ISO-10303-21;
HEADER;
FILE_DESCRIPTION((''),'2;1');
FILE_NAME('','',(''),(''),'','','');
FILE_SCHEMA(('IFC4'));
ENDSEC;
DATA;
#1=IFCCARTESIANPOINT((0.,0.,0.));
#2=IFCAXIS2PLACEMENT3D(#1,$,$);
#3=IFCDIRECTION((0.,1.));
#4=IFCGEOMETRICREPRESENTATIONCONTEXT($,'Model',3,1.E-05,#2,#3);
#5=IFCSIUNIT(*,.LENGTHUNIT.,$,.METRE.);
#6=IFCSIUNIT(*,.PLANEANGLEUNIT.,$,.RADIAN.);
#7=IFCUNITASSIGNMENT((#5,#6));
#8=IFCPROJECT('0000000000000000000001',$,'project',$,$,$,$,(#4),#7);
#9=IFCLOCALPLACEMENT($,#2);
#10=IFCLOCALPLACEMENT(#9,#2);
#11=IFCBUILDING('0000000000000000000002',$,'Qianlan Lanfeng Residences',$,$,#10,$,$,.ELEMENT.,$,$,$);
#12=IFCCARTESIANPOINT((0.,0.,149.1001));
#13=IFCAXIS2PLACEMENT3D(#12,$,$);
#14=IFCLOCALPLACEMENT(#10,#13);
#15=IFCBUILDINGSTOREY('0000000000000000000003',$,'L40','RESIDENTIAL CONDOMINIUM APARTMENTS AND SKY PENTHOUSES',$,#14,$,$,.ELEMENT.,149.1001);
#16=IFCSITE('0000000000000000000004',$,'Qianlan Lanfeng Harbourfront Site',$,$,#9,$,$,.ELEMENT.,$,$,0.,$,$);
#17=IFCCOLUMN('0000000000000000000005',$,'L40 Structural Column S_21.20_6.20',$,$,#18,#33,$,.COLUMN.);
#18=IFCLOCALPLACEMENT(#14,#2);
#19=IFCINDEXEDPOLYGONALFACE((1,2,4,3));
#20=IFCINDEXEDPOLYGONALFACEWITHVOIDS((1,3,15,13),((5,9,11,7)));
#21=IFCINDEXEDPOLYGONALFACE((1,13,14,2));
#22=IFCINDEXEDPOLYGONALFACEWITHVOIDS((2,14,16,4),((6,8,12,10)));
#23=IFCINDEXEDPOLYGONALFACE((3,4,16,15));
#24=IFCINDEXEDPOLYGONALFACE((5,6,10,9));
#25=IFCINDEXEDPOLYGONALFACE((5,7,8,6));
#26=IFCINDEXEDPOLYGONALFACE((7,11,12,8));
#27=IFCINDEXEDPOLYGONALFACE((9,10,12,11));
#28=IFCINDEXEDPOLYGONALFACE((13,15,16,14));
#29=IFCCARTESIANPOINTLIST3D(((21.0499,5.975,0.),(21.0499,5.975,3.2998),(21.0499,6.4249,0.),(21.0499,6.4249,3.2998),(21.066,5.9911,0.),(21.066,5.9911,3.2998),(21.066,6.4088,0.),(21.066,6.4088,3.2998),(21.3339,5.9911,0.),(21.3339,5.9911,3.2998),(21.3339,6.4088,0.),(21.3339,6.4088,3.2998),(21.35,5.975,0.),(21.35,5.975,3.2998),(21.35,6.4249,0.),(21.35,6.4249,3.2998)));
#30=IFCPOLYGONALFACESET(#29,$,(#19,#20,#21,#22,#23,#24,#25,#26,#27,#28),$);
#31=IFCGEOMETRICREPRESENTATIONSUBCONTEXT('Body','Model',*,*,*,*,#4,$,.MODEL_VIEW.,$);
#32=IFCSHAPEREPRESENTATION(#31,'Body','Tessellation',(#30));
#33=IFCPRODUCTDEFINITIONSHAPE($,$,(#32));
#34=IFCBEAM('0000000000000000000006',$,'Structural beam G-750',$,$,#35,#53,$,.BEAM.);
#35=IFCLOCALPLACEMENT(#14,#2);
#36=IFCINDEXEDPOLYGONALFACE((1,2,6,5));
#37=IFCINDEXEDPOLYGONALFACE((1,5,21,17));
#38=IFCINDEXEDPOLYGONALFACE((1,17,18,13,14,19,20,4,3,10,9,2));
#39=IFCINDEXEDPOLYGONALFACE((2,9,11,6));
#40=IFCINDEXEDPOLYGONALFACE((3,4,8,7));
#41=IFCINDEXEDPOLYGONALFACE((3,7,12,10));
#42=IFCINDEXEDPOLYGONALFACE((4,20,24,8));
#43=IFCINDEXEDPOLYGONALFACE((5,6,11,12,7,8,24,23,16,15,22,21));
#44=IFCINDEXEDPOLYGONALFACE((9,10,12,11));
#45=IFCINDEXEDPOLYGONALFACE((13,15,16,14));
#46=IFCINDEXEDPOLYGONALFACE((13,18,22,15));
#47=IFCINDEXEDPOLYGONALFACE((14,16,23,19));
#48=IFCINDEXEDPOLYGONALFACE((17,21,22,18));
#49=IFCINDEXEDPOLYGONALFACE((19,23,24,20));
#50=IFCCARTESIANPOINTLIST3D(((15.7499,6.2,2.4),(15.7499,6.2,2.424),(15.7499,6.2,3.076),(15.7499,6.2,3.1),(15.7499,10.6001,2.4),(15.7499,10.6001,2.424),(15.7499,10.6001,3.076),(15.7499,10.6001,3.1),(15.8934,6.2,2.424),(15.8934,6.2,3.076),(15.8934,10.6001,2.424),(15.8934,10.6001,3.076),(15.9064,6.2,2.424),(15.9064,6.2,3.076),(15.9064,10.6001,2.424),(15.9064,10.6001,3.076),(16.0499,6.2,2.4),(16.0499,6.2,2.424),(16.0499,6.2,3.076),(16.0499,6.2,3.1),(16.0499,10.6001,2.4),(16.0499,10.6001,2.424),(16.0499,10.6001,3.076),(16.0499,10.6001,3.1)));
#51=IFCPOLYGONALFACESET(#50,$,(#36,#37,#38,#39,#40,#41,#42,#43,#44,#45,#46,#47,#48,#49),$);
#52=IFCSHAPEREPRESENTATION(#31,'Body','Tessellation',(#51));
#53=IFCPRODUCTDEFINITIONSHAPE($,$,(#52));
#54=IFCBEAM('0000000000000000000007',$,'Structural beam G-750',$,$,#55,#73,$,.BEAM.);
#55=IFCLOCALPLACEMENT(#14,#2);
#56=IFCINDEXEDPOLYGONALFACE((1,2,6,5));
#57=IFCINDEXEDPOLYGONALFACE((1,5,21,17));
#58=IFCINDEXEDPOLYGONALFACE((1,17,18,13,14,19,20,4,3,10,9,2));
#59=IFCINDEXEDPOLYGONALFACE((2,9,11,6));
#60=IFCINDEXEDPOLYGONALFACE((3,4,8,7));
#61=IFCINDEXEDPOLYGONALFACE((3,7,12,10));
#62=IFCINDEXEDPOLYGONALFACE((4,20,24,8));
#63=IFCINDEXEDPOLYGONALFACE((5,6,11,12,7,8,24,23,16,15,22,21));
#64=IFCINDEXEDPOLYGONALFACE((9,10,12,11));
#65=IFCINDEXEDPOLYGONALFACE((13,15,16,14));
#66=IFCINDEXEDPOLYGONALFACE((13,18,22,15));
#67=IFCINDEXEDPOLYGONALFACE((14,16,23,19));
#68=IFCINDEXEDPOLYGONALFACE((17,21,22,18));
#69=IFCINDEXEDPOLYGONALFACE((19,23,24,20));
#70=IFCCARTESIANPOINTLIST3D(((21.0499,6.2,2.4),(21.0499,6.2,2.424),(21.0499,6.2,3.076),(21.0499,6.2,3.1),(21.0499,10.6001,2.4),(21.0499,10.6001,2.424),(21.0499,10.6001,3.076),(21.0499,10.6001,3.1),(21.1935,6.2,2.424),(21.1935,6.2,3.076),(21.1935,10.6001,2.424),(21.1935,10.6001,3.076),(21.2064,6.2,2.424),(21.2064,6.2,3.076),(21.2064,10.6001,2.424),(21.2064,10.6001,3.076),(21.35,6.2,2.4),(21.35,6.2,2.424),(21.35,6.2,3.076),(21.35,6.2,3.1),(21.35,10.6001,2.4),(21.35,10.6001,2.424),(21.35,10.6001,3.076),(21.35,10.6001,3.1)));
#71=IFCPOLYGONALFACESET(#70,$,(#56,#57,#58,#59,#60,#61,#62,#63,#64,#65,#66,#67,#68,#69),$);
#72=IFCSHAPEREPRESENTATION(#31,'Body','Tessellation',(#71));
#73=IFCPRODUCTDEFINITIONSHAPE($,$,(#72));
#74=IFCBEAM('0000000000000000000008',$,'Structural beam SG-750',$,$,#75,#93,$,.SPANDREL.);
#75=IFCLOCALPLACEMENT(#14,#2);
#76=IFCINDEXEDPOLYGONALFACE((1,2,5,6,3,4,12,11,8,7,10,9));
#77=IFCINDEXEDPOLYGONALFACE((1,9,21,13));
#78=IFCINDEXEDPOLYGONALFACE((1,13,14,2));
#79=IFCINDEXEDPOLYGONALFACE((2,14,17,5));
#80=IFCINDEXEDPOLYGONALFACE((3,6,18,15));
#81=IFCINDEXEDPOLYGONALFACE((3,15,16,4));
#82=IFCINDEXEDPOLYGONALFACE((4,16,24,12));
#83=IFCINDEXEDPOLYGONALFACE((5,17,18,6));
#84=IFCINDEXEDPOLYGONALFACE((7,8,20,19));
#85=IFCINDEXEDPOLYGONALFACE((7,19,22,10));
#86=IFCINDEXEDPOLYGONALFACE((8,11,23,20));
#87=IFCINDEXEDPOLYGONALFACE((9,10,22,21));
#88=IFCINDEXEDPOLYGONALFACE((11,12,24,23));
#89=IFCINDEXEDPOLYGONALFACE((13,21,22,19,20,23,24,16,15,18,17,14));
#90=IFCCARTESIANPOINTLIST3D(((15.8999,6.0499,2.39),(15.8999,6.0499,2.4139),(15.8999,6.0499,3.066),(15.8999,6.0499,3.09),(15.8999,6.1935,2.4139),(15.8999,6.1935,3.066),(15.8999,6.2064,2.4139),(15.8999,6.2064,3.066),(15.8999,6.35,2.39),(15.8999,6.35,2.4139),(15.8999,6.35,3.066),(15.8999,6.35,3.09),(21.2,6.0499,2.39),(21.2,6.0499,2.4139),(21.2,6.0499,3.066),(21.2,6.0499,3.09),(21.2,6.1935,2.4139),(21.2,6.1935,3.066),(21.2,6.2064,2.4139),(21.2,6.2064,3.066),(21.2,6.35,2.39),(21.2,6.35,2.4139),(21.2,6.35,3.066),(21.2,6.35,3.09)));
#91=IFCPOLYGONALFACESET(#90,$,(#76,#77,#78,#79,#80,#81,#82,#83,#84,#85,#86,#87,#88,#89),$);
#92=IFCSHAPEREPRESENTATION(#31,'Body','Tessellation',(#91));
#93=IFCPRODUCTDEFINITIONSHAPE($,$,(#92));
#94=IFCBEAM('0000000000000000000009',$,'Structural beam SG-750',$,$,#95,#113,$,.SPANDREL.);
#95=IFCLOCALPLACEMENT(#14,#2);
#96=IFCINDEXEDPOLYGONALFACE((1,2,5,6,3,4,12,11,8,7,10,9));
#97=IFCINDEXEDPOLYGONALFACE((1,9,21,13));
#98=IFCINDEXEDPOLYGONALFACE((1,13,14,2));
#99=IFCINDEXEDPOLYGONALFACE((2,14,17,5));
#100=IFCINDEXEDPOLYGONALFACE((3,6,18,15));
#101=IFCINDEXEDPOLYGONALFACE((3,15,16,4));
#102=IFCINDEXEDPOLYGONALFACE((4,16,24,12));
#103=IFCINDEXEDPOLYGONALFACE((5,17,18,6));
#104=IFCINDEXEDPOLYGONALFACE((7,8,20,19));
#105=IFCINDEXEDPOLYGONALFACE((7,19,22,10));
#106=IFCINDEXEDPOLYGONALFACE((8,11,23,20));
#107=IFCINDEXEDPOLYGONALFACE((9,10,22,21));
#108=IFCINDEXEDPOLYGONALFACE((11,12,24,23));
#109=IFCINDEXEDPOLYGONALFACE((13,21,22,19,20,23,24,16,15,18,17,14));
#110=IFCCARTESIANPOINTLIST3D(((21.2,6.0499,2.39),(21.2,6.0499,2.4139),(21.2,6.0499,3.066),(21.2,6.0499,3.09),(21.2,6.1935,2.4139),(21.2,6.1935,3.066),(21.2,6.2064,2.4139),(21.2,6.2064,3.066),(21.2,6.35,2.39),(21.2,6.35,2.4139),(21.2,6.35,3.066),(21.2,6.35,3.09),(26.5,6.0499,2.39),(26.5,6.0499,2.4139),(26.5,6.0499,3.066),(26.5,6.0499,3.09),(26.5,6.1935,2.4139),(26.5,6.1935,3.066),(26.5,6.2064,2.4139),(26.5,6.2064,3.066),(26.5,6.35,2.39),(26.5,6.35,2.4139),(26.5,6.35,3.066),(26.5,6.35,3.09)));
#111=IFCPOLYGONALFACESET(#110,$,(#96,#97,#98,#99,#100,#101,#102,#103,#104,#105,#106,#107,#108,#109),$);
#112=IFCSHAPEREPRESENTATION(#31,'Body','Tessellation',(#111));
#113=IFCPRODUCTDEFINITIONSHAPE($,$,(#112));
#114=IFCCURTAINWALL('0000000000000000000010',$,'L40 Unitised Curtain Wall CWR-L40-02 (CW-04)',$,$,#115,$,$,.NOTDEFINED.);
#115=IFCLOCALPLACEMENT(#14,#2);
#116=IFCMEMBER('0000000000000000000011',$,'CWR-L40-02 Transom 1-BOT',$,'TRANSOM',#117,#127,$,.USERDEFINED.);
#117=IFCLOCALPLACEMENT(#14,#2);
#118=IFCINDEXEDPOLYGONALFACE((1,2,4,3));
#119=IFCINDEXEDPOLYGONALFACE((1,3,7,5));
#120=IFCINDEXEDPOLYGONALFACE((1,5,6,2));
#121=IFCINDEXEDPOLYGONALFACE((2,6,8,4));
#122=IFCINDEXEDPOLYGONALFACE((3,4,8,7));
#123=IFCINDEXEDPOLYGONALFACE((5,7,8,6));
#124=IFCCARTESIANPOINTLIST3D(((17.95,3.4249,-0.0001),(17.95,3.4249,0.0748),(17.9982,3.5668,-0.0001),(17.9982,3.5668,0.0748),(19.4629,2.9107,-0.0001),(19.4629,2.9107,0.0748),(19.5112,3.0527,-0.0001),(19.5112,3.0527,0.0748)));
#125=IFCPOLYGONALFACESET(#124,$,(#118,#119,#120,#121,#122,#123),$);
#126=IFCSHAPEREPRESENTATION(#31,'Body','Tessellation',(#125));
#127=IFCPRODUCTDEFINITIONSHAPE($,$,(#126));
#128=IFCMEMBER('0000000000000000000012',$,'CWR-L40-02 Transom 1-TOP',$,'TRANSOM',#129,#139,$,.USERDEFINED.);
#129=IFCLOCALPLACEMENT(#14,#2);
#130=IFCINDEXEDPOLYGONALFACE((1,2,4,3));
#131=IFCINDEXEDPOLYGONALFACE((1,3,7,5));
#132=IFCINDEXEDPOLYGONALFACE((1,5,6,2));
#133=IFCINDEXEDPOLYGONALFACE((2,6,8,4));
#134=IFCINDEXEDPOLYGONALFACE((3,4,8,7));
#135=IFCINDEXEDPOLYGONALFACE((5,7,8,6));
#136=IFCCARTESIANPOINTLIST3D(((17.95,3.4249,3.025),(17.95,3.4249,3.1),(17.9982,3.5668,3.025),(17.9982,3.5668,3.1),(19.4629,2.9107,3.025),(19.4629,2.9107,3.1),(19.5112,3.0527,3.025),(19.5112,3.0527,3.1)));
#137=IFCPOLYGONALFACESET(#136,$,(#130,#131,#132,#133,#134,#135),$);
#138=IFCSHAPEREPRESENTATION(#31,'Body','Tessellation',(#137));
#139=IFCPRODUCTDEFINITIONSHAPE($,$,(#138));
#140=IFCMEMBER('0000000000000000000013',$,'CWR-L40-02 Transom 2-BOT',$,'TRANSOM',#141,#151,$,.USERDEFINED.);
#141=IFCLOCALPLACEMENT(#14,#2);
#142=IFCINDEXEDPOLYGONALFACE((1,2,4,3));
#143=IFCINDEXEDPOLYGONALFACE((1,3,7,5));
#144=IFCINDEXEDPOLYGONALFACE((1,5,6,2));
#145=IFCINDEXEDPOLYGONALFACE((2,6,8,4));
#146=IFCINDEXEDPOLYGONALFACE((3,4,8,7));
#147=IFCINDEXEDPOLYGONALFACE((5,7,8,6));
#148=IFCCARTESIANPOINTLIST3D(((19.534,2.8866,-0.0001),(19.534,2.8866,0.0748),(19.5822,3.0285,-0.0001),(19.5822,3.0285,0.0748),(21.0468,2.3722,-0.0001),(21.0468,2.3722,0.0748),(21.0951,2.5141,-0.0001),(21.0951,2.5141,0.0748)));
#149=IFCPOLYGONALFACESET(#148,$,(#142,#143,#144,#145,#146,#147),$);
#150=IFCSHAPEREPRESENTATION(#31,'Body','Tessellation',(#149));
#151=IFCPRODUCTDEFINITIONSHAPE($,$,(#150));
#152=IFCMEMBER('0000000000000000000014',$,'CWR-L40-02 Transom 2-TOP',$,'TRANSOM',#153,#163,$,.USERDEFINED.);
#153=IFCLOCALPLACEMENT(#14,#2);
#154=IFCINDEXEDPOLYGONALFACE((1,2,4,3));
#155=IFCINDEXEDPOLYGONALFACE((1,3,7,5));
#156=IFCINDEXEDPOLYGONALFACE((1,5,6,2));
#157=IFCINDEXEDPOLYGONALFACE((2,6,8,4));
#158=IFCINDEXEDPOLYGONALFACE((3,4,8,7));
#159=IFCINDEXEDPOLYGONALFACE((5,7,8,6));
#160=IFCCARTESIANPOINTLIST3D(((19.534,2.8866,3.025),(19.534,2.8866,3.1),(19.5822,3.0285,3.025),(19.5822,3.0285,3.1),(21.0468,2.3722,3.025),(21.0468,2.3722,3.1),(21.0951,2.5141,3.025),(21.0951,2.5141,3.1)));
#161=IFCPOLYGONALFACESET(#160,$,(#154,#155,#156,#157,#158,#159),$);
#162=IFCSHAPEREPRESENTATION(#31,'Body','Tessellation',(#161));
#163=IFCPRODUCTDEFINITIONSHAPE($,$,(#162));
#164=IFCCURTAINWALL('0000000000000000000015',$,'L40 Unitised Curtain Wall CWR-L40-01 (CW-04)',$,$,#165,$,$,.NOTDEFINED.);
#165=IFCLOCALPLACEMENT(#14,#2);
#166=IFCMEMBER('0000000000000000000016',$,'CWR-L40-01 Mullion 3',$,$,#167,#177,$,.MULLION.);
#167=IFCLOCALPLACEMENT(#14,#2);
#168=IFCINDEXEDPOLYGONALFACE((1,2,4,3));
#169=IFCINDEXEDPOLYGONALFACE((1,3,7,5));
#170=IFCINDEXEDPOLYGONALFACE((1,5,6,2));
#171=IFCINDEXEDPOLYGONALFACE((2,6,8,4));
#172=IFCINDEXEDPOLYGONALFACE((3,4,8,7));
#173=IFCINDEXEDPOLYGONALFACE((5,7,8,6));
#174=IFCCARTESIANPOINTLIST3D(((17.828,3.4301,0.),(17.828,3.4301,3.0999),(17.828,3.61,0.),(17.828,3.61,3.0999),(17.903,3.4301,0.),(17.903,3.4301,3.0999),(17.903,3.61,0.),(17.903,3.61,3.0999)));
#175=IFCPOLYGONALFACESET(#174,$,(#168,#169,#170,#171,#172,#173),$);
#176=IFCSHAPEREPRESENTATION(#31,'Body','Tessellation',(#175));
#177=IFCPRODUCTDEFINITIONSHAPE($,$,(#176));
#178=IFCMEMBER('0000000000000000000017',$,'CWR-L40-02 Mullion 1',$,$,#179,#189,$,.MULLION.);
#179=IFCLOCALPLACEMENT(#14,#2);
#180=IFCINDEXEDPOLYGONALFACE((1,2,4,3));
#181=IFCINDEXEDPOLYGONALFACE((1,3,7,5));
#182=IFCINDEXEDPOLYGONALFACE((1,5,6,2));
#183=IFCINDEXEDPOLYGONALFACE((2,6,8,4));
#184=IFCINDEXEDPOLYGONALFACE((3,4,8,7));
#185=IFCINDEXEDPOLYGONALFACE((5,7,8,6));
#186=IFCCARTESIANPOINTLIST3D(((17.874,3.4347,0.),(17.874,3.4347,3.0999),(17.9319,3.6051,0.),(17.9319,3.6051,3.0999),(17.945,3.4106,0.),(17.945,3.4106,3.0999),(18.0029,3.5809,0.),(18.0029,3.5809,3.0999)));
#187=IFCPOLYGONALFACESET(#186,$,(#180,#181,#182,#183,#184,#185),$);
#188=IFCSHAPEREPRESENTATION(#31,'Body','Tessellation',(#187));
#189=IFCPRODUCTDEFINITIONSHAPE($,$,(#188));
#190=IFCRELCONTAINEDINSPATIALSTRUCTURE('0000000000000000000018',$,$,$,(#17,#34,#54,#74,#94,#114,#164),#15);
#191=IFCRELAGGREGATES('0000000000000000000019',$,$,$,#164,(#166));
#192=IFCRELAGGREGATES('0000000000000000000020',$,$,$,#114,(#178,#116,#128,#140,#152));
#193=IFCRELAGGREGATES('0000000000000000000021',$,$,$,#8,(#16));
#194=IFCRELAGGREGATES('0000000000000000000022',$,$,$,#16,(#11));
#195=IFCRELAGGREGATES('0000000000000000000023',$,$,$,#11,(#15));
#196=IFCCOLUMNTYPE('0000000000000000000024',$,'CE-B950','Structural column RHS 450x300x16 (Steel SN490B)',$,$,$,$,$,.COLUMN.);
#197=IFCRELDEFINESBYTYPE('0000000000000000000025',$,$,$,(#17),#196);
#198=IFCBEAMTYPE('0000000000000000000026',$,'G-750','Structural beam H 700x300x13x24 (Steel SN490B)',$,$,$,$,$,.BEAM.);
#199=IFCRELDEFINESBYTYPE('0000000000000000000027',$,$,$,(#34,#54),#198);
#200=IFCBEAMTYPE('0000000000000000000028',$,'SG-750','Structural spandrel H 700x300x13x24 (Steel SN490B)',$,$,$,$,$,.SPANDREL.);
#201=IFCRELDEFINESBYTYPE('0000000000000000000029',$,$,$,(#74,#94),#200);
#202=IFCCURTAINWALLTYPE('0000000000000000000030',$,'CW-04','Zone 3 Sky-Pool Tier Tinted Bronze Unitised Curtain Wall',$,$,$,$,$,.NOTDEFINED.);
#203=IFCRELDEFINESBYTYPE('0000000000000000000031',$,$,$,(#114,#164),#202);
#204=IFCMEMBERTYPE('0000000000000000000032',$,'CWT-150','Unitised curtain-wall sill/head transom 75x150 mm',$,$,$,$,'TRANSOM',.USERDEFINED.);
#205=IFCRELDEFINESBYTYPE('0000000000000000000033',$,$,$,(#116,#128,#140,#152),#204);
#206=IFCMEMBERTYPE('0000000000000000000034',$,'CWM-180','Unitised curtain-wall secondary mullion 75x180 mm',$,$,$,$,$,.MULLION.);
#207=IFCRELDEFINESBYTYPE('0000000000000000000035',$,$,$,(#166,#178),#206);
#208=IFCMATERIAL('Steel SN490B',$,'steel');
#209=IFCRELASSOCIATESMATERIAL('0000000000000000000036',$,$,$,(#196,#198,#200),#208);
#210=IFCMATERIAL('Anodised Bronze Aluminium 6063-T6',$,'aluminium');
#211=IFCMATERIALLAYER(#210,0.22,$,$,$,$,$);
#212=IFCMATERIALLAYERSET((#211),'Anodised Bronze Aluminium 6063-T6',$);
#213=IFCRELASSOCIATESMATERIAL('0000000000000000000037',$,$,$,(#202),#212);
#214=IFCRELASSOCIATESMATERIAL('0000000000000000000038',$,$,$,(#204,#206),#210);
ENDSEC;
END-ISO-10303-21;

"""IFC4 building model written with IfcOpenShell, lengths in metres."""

from ifc_helpers import new_model, si_unit, direction, frame, origin, origin_2d, place, context, subcontext, project, spatial, rectangle, hollow_rectangle, i_section, extrude, source, transform, mapped, material, layer, layer_set, material_profile, profile_set, type_object, element, aggregate, save


model = new_model("IFC4")

# Units and contexts
model_context = context("Model", 3, precision=1e-05, world=origin(), true_north=direction((0.0, 1.0)))
body_context = subcontext(model_context, "Body", "Model", "MODEL_VIEW")
ifc_project = project(units=[si_unit("LENGTHUNIT", "METRE"), si_unit("PLANEANGLEUNIT", "RADIAN")], contexts=[model_context])

# Site, building, storey
site_placement = place(None, origin())
site = spatial("IfcSite", under=ifc_project, at=site_placement, Name="Qianlan Lanfeng Harbourfront Site", CompositionType="ELEMENT", RefElevation=0.0)
building_placement = place(site_placement, origin())
building = spatial("IfcBuilding", under=site, at=building_placement, Name="Qianlan Lanfeng Residences", CompositionType="ELEMENT")
storey_placement = place(building_placement, frame((0.0, 0.0, 149.1001)))
storey = spatial("IfcBuildingStorey", under=building, at=storey_placement, Name="L40", Description="RESIDENTIAL CONDOMINIUM APARTMENTS AND SKY PENTHOUSES", CompositionType="ELEMENT", Elevation=149.1001)

# Column
ifc_material_1 = material(Name="Steel SN490B", Category="steel")
ifc_material_profile_1 = material_profile(ifc_material_1, hollow_rectangle(XDim=0.3, YDim=0.45, WallThickness=0.0161, at=origin_2d()), Name="RHS 450x300x16")
ifc_profile_set_1 = profile_set([ifc_material_profile_1], Name="Steel SN490B")
column_type = type_object("IfcColumnType", Name="CE-B950", Description="Structural column RHS 450x300x16 (Steel SN490B)", PredefinedType="COLUMN", material=ifc_profile_set_1)
column_placement = place(storey_placement, frame((21.2, 6.2, 0.0), z_axis=(0.0, 0.0, 1.0), x_axis=(1.0, 0.0, 0.0)))
element("IfcColumn", 1, at=column_placement, inside=storey, type_object=column_type, Name="L40 Structural Column S_21.20_6.20", PredefinedType="COLUMN", context=body_context, shape_type="SweptSolid", body=[
    extrude(hollow_rectangle(XDim=0.3, YDim=0.45, WallThickness=0.0161, at=origin_2d()), origin(), (0.0, 0.0, 1.0), 3.2998),
])

# Beams
ifc_material_profile_2 = material_profile(ifc_material_1, i_section(OverallWidth=0.3, OverallDepth=0.7, WebThickness=0.0129, FlangeThickness=0.0239, at=origin_2d()), Name="H 700x300x13x24")
ifc_profile_set_2 = profile_set([ifc_material_profile_2], Name="Steel SN490B")
beam_type_1 = type_object("IfcBeamType", Name="G-750", Description="Structural beam H 700x300x13x24 (Steel SN490B)", PredefinedType="BEAM", material=ifc_profile_set_2)
for number, where, z_axis, x_axis, name in (
    (2, (15.8999, 6.2, 2.75), (0.0, 1.0, 0.0), (-1.0, 0.0, 0.0), "Structural beam G-750"),
    (3, (21.2, 6.2, 2.75), (0.0, 1.0, 0.0), (-1.0, 0.0, 0.0), "Structural beam G-750"),
):
    element("IfcBeam", number, at=place(storey_placement, frame(where, z_axis=z_axis, x_axis=x_axis)), inside=storey, type_object=beam_type_1, Name=name, PredefinedType="BEAM", context=body_context, shape_type="SweptSolid", body=[
        extrude(i_section(OverallWidth=0.3, OverallDepth=0.7, WebThickness=0.0129, FlangeThickness=0.0239, at=origin_2d()), origin(), (0.0, 0.0, 1.0), 4.4001),
    ])
ifc_material_profile_3 = material_profile(ifc_material_1, i_section(OverallWidth=0.3, OverallDepth=0.7, WebThickness=0.0129, FlangeThickness=0.0239, at=origin_2d()), Name="H 700x300x13x24")
ifc_profile_set_3 = profile_set([ifc_material_profile_3], Name="Steel SN490B")
beam_type_2 = type_object("IfcBeamType", Name="SG-750", Description="Structural spandrel H 700x300x13x24 (Steel SN490B)", PredefinedType="SPANDREL", material=ifc_profile_set_3)
for number, where, z_axis, x_axis, name in (
    (4, (15.8999, 6.2, 2.74), (1.0, 0.0, 0.0), (0.0, 1.0, 0.0), "Structural beam SG-750"),
    (5, (21.2, 6.2, 2.74), (1.0, 0.0, 0.0), (0.0, 1.0, 0.0), "Structural beam SG-750"),
):
    element("IfcBeam", number, at=place(storey_placement, frame(where, z_axis=z_axis, x_axis=x_axis)), inside=storey, type_object=beam_type_2, Name=name, PredefinedType="SPANDREL", context=body_context, shape_type="SweptSolid", body=[
        extrude(i_section(OverallWidth=0.3, OverallDepth=0.7, WebThickness=0.0129, FlangeThickness=0.0239, at=origin_2d()), origin(), (0.0, 0.0, 1.0), 5.3),
    ])

# Curtain wall, members
ifc_material_2 = material(Name="Anodised Bronze Aluminium 6063-T6", Category="aluminium")
ifc_layer_1 = layer(ifc_material_2, 0.22)
ifc_layer_set_1 = layer_set([ifc_layer_1], Name="Anodised Bronze Aluminium 6063-T6")
curtain_wall_type = type_object("IfcCurtainWallType", Name="CW-04", Description="Zone 3 Sky-Pool Tier Tinted Bronze Unitised Curtain Wall", PredefinedType="NOTDEFINED", material=ifc_layer_set_1)
curtain_wall_1_placement = place(storey_placement, origin())
curtain_wall_1 = element("IfcCurtainWall", 6, at=curtain_wall_1_placement, inside=storey, type_object=curtain_wall_type, Name="L40 Unitised Curtain Wall CWR-L40-02 (CW-04)", PredefinedType="NOTDEFINED")
ifc_material_profile_4 = material_profile(ifc_material_2, rectangle(XDim=0.075, YDim=0.1499, at=origin_2d()), Name="ALU TRANSOM 75x150")
ifc_profile_set_4 = profile_set([ifc_material_profile_4], Name="Anodised Bronze Aluminium 6063-T6")
member_type_1 = type_object("IfcMemberType", Name="CWT-150", Description="Unitised curtain-wall sill/head transom 75x150 mm", ElementType="TRANSOM", PredefinedType="USERDEFINED", material=ifc_profile_set_4)
shared_shape_1 = source(origin(), body_context, "Body", "SweptSolid", [
    extrude(rectangle(XDim=0.075, YDim=0.1499, at=origin_2d()), origin(), (0.0, 0.0, 1.0), 1.5979),
])
member_1_placement = place(storey_placement, frame((17.9741, 3.4958, 0.0374), z_axis=(0.946818, -0.321769, 0.0), x_axis=(0.0, 0.0, 1.0)))
member_1 = element("IfcMember", 7, at=member_1_placement, type_object=member_type_1, Name="CWR-L40-02 Transom 1-BOT", ObjectType="TRANSOM", PredefinedType="USERDEFINED", context=body_context, shape_type="MappedRepresentation", body=[
    mapped(shared_shape_1, transform((0.0, 0.0, 0.0), scale=1.0)),
])
member_2_placement = place(storey_placement, frame((17.9741, 3.4958, 3.0625), z_axis=(0.946818, -0.321769, 0.0), x_axis=(0.0, 0.0, 1.0)))
member_2 = element("IfcMember", 8, at=member_2_placement, type_object=member_type_1, Name="CWR-L40-02 Transom 1-TOP", ObjectType="TRANSOM", PredefinedType="USERDEFINED", context=body_context, shape_type="MappedRepresentation", body=[
    mapped(shared_shape_1, transform((0.0, 0.0, 0.0), scale=1.0)),
])
member_3_placement = place(storey_placement, frame((19.5581, 2.9575, 0.0374), z_axis=(0.946772, -0.321905, 0.0), x_axis=(0.0, 0.0, 1.0)))
member_3 = element("IfcMember", 9, at=member_3_placement, type_object=member_type_1, Name="CWR-L40-02 Transom 2-BOT", ObjectType="TRANSOM", PredefinedType="USERDEFINED", context=body_context, shape_type="MappedRepresentation", body=[
    mapped(shared_shape_1, transform((0.0, 0.0, 0.0), scale=1.0)),
])
member_4_placement = place(storey_placement, frame((19.5581, 2.9575, 3.0625), z_axis=(0.946772, -0.321905, 0.0), x_axis=(0.0, 0.0, 1.0)))
member_4 = element("IfcMember", 10, at=member_4_placement, type_object=member_type_1, Name="CWR-L40-02 Transom 2-TOP", ObjectType="TRANSOM", PredefinedType="USERDEFINED", context=body_context, shape_type="MappedRepresentation", body=[
    mapped(shared_shape_1, transform((0.0, 0.0, 0.0), scale=1.0)),
])

# Curtain wall, member
curtain_wall_2_placement = place(storey_placement, origin())
curtain_wall_2 = element("IfcCurtainWall", 11, at=curtain_wall_2_placement, inside=storey, type_object=curtain_wall_type, Name="L40 Unitised Curtain Wall CWR-L40-01 (CW-04)", PredefinedType="NOTDEFINED")
ifc_material_profile_5 = material_profile(ifc_material_2, rectangle(XDim=0.075, YDim=0.1799, at=origin_2d()), Name="ALU MULLION 75x180")
ifc_profile_set_5 = profile_set([ifc_material_profile_5], Name="Anodised Bronze Aluminium 6063-T6")
member_type_2 = type_object("IfcMemberType", Name="CWM-180", Description="Unitised curtain-wall secondary mullion 75x180 mm", PredefinedType="MULLION", material=ifc_profile_set_5)
shared_shape_2 = source(origin(), body_context, "Body", "SweptSolid", [
    extrude(rectangle(XDim=0.075, YDim=0.1799, at=origin_2d()), origin(), (0.0, 0.0, 1.0), 3.0999),
])
member_5_placement = place(storey_placement, frame((17.8655, 3.52, 0.0), z_axis=(0.0, 0.0, 1.0), x_axis=(1.0, 0.0, 0.0)))
member_5 = element("IfcMember", 12, at=member_5_placement, type_object=member_type_2, Name="CWR-L40-01 Mullion 3", PredefinedType="MULLION", context=body_context, shape_type="MappedRepresentation", body=[
    mapped(shared_shape_2, transform((0.0, 0.0, 0.0), scale=1.0)),
])
aggregate(curtain_wall_2, [member_5])

# Member
member_6_placement = place(storey_placement, frame((17.9385, 3.5078, 0.0), z_axis=(0.0, 0.0, 1.0), x_axis=(0.946796, -0.321834, 0.0)))
member_6 = element("IfcMember", 13, at=member_6_placement, type_object=member_type_2, Name="CWR-L40-02 Mullion 1", PredefinedType="MULLION", context=body_context, shape_type="MappedRepresentation", body=[
    mapped(shared_shape_2, transform((0.0, 0.0, 0.0), scale=1.0)),
])

aggregate(curtain_wall_1, [member_6, member_1, member_2, member_3, member_4])

save(model, "model.ifc")
